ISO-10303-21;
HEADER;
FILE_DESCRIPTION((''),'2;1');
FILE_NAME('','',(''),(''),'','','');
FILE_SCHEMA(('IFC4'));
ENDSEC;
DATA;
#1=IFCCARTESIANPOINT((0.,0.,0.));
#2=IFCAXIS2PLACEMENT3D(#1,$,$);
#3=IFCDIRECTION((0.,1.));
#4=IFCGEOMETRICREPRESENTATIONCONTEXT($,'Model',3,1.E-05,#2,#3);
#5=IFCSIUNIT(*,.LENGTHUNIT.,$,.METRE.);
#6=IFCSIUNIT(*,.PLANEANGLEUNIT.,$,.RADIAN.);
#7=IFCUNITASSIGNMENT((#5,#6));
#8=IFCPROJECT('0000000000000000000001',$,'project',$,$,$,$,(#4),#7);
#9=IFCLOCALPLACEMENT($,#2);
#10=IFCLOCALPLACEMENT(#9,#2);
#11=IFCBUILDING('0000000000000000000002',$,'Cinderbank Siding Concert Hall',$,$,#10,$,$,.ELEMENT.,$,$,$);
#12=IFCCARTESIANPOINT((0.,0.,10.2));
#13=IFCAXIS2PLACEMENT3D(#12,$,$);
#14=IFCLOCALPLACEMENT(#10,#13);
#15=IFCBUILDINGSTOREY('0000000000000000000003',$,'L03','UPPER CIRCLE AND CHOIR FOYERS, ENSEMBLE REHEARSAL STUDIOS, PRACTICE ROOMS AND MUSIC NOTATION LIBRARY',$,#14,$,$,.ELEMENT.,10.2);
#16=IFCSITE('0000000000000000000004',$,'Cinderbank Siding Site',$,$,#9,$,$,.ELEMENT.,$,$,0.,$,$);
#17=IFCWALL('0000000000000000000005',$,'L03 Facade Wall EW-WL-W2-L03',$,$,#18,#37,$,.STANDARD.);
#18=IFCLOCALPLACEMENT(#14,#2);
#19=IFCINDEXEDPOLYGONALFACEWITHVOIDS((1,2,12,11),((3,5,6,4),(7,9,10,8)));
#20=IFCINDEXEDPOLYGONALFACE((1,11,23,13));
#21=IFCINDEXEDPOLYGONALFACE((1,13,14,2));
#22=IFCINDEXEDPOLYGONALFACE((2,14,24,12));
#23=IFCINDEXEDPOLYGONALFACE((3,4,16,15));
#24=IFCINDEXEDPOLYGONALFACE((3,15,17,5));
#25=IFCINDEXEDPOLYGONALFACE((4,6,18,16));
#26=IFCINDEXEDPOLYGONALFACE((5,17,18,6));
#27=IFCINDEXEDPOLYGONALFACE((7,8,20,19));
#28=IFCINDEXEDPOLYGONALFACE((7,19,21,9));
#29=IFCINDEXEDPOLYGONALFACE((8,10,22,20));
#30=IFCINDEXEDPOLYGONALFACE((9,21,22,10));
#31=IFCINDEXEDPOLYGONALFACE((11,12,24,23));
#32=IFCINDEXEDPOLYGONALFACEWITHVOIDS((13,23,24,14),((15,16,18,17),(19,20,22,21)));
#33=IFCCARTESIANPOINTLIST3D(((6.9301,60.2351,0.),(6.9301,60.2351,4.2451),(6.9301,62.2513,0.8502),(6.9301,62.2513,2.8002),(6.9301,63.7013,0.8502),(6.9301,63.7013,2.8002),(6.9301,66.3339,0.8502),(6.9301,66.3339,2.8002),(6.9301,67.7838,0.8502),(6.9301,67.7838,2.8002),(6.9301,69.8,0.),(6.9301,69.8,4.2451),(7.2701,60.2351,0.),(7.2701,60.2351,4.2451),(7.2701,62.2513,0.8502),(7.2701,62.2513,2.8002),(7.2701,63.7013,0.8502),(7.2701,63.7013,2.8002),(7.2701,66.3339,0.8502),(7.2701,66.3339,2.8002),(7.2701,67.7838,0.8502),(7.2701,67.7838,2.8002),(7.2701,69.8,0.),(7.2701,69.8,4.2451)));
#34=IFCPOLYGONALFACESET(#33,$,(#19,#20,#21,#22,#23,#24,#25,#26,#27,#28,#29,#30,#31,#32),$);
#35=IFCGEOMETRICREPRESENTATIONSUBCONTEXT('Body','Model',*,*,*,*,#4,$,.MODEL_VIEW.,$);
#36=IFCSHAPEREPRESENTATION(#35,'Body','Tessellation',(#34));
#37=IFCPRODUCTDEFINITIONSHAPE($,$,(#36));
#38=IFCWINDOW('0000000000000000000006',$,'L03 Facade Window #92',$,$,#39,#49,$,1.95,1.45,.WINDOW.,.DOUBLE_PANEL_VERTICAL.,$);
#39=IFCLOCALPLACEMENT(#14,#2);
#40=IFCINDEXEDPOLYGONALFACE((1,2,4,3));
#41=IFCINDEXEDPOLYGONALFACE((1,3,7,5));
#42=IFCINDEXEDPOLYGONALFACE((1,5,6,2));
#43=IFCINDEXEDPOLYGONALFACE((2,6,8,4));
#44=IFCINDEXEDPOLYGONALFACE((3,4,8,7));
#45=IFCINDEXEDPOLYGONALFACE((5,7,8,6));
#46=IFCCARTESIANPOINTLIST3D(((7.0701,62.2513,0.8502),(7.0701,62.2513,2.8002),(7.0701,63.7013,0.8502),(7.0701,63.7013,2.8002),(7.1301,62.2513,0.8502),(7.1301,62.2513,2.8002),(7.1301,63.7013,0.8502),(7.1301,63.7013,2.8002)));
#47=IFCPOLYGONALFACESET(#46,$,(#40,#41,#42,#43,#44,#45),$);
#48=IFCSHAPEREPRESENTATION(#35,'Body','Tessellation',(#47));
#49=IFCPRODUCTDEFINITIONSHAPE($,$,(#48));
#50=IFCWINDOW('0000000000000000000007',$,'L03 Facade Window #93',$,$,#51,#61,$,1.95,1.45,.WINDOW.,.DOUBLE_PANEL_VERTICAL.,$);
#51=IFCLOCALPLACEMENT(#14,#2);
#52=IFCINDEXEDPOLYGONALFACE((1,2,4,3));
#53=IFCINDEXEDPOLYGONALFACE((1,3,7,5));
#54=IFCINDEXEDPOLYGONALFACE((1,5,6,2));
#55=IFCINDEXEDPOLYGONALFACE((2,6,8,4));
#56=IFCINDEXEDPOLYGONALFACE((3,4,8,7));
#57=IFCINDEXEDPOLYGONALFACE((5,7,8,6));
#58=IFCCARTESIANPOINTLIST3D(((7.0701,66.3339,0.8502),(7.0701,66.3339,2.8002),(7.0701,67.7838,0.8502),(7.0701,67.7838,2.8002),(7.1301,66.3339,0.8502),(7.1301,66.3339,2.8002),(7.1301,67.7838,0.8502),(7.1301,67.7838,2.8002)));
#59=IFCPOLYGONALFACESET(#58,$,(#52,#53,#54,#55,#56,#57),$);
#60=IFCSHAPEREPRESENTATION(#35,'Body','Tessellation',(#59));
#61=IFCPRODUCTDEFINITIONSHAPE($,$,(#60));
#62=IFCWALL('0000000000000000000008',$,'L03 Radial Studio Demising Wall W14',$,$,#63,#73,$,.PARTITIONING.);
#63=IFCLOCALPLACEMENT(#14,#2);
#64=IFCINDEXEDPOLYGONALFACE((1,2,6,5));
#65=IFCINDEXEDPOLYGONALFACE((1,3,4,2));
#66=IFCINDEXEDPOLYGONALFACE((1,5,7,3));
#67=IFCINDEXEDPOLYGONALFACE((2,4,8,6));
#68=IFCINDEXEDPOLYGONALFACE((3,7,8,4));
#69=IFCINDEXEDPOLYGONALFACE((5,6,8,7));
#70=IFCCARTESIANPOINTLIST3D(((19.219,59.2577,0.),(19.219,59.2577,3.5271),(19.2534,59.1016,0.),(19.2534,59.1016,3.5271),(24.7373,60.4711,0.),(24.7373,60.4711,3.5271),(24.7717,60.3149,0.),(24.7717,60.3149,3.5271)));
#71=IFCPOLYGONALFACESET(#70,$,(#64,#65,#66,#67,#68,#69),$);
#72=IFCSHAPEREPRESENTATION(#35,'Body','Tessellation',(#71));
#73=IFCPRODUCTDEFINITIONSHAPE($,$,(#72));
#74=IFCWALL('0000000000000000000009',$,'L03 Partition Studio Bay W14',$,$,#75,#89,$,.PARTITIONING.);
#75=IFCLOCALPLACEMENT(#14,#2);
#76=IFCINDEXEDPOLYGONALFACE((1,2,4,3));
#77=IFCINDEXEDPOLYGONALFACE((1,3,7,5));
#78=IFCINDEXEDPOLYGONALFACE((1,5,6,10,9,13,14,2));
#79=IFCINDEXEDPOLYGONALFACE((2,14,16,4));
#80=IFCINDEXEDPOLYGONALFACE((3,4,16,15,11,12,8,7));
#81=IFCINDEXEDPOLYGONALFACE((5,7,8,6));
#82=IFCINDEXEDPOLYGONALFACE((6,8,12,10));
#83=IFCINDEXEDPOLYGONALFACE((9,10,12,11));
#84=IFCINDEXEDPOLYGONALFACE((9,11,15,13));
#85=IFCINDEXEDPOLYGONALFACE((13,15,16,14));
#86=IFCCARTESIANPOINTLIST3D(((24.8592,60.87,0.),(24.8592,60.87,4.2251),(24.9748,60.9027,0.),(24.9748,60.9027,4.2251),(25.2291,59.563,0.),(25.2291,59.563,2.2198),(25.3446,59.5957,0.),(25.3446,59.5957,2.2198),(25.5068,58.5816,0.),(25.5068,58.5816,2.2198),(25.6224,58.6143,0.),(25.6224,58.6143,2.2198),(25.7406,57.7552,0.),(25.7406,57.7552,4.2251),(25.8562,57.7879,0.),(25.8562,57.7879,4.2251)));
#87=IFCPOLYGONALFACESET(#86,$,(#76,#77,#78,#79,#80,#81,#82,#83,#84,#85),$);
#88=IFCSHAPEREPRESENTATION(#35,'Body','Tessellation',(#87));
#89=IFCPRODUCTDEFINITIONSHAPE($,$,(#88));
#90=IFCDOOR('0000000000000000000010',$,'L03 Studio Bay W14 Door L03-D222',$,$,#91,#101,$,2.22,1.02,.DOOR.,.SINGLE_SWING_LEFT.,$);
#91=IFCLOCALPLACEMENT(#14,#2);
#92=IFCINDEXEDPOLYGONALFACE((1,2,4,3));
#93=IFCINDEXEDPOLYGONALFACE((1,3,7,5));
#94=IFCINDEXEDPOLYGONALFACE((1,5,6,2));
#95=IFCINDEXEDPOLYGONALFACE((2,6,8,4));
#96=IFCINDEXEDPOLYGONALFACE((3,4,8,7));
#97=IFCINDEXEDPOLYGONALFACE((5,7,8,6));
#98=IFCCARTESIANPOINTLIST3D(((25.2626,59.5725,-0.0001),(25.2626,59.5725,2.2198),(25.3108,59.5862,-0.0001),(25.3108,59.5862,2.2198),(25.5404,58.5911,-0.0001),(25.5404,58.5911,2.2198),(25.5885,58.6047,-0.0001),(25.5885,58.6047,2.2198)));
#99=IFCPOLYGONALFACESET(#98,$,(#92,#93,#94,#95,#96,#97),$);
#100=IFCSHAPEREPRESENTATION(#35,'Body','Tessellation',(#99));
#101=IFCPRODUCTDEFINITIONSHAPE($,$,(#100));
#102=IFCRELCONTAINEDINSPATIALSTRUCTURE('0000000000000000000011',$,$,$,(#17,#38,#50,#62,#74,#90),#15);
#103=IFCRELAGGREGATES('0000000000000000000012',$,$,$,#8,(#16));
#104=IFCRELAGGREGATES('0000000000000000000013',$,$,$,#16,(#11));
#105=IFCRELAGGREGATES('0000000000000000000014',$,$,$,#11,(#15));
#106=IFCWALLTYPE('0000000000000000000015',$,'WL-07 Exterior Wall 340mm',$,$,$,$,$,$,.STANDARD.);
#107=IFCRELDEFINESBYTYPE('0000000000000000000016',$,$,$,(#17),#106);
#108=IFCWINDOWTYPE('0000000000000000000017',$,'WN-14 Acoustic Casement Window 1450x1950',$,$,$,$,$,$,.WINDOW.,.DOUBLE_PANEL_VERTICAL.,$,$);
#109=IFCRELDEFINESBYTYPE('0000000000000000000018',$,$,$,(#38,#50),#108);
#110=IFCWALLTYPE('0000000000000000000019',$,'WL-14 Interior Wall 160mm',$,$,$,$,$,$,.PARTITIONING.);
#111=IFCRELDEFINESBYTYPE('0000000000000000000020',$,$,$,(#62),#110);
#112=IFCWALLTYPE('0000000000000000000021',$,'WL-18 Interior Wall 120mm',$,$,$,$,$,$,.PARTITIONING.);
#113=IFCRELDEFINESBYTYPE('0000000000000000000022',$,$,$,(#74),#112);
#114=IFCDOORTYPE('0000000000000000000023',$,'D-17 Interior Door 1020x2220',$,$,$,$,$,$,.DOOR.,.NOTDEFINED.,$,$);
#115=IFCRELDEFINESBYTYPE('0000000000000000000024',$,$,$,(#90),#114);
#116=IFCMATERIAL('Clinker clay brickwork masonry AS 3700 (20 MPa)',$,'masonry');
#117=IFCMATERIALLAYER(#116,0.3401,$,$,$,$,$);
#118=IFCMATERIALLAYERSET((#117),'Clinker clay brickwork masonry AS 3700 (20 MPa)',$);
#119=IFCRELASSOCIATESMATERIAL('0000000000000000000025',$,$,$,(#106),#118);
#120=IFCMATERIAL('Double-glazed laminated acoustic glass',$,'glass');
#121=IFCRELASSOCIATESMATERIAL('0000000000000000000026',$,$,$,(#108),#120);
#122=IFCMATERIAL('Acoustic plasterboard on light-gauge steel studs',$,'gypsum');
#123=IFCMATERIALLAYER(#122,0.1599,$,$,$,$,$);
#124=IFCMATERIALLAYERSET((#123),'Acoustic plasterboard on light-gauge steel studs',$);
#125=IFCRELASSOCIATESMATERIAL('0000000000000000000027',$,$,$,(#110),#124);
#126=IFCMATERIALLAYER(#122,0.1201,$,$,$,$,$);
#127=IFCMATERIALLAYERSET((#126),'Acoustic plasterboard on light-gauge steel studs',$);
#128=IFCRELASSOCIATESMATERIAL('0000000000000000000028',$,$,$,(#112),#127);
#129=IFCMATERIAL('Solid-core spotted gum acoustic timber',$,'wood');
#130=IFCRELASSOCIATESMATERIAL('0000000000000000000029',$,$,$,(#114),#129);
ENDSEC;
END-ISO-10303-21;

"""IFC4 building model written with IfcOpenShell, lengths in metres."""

from ifc_helpers import new_model, si_unit, direction, frame, frame_2d, origin, place, context, subcontext, project, spatial, rectangle, extrude, material, layer, layer_set, type_object, element, fill, save


model = new_model("IFC4")

# Units and contexts
model_context = context("Model", 3, precision=1e-05, world=origin(), true_north=direction((0.0, 1.0)))
body_context = subcontext(model_context, "Body", "Model", "MODEL_VIEW")
ifc_project = project(units=[si_unit("LENGTHUNIT", "METRE"), si_unit("PLANEANGLEUNIT", "RADIAN")], contexts=[model_context])

# Site, building, storey
site_placement = place(None, origin())
site = spatial("IfcSite", under=ifc_project, at=site_placement, Name="Cinderbank Siding Site", CompositionType="ELEMENT", RefElevation=0.0)
building_placement = place(site_placement, origin())
building = spatial("IfcBuilding", under=site, at=building_placement, Name="Cinderbank Siding Concert Hall", CompositionType="ELEMENT")
storey_placement = place(building_placement, frame((0.0, 0.0, 10.2)))
storey = spatial("IfcBuildingStorey", under=building, at=storey_placement, Name="L03", Description="UPPER CIRCLE AND CHOIR FOYERS, ENSEMBLE REHEARSAL STUDIOS, PRACTICE ROOMS AND MUSIC NOTATION LIBRARY", CompositionType="ELEMENT", Elevation=10.2)

# Shared definitions
ifc_material_1 = material(Name="Clinker clay brickwork masonry AS 3700 (20 MPa)", Category="masonry")
ifc_layer_1 = layer(ifc_material_1, 0.3401)
ifc_layer_set_1 = layer_set([ifc_layer_1], Name="Clinker clay brickwork masonry AS 3700 (20 MPa)")
wall_type_1 = type_object("IfcWallType", Name="WL-07 Exterior Wall 340mm", PredefinedType="STANDARD", material=ifc_layer_set_1)
ifc_material_2 = material(Name="Double-glazed laminated acoustic glass", Category="glass")

# Wall, openings, windows
wall_1_placement = place(storey_placement, frame((7.1001, 60.2351, 0.0), z_axis=(0.0, 0.0, 1.0), x_axis=(0.0, 1.0, 0.0)))
wall_1 = element("IfcWall", 1, at=wall_1_placement, inside=storey, type_object=wall_type_1, Name="L03 Facade Wall EW-WL-W2-L03", PredefinedType="STANDARD", context=body_context, shape_type="SweptSolid", body=[
    extrude(rectangle(XDim=9.5649, YDim=0.3401, at=frame_2d((4.7825, 0.0))), origin(), (0.0, 0.0, 1.0), 4.2451),
])
opening_1_placement = place(wall_1_placement, frame((2.0161, 0.0, 0.8501)))
opening_1 = element("IfcOpeningElement", 2, at=opening_1_placement, cuts=wall_1, PredefinedType="OPENING", context=body_context, shape_type="SweptSolid", body=[
    extrude(rectangle(XDim=1.45, YDim=1.95, at=frame_2d((0.7251, 0.9751))), frame((0.0, 0.1821, 0.0), z_axis=(0.0, -1.0, 0.0), x_axis=(1.0, 0.0, 0.0)), (0.0, 0.0, 1.0), 0.364),
])
opening_2_placement = place(wall_1_placement, frame((6.0986, 0.0, 0.8501)))
opening_2 = element("IfcOpeningElement", 3, at=opening_2_placement, cuts=wall_1, PredefinedType="OPENING", context=body_context, shape_type="SweptSolid", body=[
    extrude(rectangle(XDim=1.45, YDim=1.95, at=frame_2d((0.7251, 0.9751))), frame((0.0, 0.1821, 0.0), z_axis=(0.0, -1.0, 0.0), x_axis=(1.0, 0.0, 0.0)), (0.0, 0.0, 1.0), 0.364),
])
window_type_1 = type_object("IfcWindowType", Name="WN-14 Acoustic Casement Window 1450x1950", PartitioningType="DOUBLE_PANEL_VERTICAL", PredefinedType="WINDOW", material=ifc_material_2)
window_1_placement = place(opening_1_placement, origin())
window_1 = element("IfcWindow", 4, at=window_1_placement, inside=storey, type_object=window_type_1, Name="L03 Facade Window #92", OverallHeight=1.95, OverallWidth=1.45, PartitioningType="DOUBLE_PANEL_VERTICAL", PredefinedType="WINDOW", context=body_context, shape_type="SweptSolid", body=[
    extrude(rectangle(XDim=1.45, YDim=1.95, at=frame_2d((0.7251, 0.9751))), frame((0.0, 0.03, 0.0), z_axis=(0.0, -1.0, 0.0), x_axis=(1.0, 0.0, 0.0)), (0.0, 0.0, 1.0), 0.0601),
])
fill(opening_1, window_1)
window_2_placement = place(opening_2_placement, origin())
window_2 = element("IfcWindow", 5, at=window_2_placement, inside=storey, type_object=window_type_1, Name="L03 Facade Window #93", OverallHeight=1.95, OverallWidth=1.45, PartitioningType="DOUBLE_PANEL_VERTICAL", PredefinedType="WINDOW", context=body_context, shape_type="SweptSolid", body=[
    extrude(rectangle(XDim=1.45, YDim=1.95, at=frame_2d((0.7251, 0.9751))), frame((0.0, 0.03, 0.0), z_axis=(0.0, -1.0, 0.0), x_axis=(1.0, 0.0, 0.0)), (0.0, 0.0, 1.0), 0.0601),
])
fill(opening_2, window_2)

# Wall
ifc_material_3 = material(Name="Acoustic plasterboard on light-gauge steel studs", Category="gypsum")
ifc_layer_2 = layer(ifc_material_3, 0.1599)
ifc_layer_set_2 = layer_set([ifc_layer_2], Name="Acoustic plasterboard on light-gauge steel studs")
wall_type_2 = type_object("IfcWallType", Name="WL-14 Interior Wall 160mm", PredefinedType="PARTITIONING", material=ifc_layer_set_2)
wall_2_placement = place(storey_placement, frame((24.7546, 60.3931, 0.0), z_axis=(0.0, 0.0, 1.0), x_axis=(-0.976669, -0.214752, 0.0)))
element("IfcWall", 6, at=wall_2_placement, inside=storey, type_object=wall_type_2, Name="L03 Radial Studio Demising Wall W14", PredefinedType="PARTITIONING", context=body_context, shape_type="SweptSolid", body=[
    extrude(rectangle(XDim=5.6501, YDim=0.1599, at=frame_2d((2.8252, 0.0))), origin(), (0.0, 0.0, 1.0), 3.5271),
])

# Wall, opening, door
ifc_layer_3 = layer(ifc_material_3, 0.1201)
ifc_layer_set_3 = layer_set([ifc_layer_3], Name="Acoustic plasterboard on light-gauge steel studs")
wall_type_3 = type_object("IfcWallType", Name="WL-18 Interior Wall 120mm", PredefinedType="PARTITIONING", material=ifc_layer_set_3)
wall_3_placement = place(storey_placement, frame((24.917, 60.8865, 0.0), z_axis=(0.0, 0.0, 1.0), x_axis=(0.27227, -0.962221, 0.0)))
wall_3 = element("IfcWall", 7, at=wall_3_placement, inside=storey, type_object=wall_type_3, Name="L03 Partition Studio Bay W14", PredefinedType="PARTITIONING", context=body_context, shape_type="SweptSolid", body=[
    extrude(rectangle(XDim=3.2371, YDim=0.1201, at=frame_2d((1.6187, 0.0))), origin(), (0.0, 0.0, 1.0), 4.2251),
])
opening_3_placement = place(wall_3_placement, frame((1.3584, 0.0, 0.0)))
opening_3 = element("IfcOpeningElement", 8, at=opening_3_placement, cuts=wall_3, PredefinedType="OPENING", context=body_context, shape_type="SweptSolid", body=[
    extrude(rectangle(XDim=1.02, YDim=2.22, at=frame_2d((0.51, 1.1099))), frame((0.0, 0.072, 0.0), z_axis=(0.0, -1.0, 0.0), x_axis=(1.0, 0.0, 0.0)), (0.0, 0.0, 1.0), 0.144),
])
ifc_material_4 = material(Name="Solid-core spotted gum acoustic timber", Category="wood")
door_type_1 = type_object("IfcDoorType", Name="D-17 Interior Door 1020x2220", OperationType="NOTDEFINED", PredefinedType="DOOR", material=ifc_material_4)
door_1_placement = place(opening_3_placement, origin())
door_1 = element("IfcDoor", 9, at=door_1_placement, inside=storey, type_object=door_type_1, Name="L03 Studio Bay W14 Door L03-D222", OperationType="SINGLE_SWING_LEFT", OverallHeight=2.22, OverallWidth=1.02, PredefinedType="DOOR", context=body_context, shape_type="SweptSolid", body=[
    extrude(rectangle(XDim=1.02, YDim=2.22, at=frame_2d((0.51, 1.1099))), frame((0.0, 0.0249, 0.0), z_axis=(0.0, -1.0, 0.0), x_axis=(1.0, 0.0, 0.0)), (0.0, 0.0, 1.0), 0.05),
])
fill(opening_3, door_1)

save(model, "model.ifc")
